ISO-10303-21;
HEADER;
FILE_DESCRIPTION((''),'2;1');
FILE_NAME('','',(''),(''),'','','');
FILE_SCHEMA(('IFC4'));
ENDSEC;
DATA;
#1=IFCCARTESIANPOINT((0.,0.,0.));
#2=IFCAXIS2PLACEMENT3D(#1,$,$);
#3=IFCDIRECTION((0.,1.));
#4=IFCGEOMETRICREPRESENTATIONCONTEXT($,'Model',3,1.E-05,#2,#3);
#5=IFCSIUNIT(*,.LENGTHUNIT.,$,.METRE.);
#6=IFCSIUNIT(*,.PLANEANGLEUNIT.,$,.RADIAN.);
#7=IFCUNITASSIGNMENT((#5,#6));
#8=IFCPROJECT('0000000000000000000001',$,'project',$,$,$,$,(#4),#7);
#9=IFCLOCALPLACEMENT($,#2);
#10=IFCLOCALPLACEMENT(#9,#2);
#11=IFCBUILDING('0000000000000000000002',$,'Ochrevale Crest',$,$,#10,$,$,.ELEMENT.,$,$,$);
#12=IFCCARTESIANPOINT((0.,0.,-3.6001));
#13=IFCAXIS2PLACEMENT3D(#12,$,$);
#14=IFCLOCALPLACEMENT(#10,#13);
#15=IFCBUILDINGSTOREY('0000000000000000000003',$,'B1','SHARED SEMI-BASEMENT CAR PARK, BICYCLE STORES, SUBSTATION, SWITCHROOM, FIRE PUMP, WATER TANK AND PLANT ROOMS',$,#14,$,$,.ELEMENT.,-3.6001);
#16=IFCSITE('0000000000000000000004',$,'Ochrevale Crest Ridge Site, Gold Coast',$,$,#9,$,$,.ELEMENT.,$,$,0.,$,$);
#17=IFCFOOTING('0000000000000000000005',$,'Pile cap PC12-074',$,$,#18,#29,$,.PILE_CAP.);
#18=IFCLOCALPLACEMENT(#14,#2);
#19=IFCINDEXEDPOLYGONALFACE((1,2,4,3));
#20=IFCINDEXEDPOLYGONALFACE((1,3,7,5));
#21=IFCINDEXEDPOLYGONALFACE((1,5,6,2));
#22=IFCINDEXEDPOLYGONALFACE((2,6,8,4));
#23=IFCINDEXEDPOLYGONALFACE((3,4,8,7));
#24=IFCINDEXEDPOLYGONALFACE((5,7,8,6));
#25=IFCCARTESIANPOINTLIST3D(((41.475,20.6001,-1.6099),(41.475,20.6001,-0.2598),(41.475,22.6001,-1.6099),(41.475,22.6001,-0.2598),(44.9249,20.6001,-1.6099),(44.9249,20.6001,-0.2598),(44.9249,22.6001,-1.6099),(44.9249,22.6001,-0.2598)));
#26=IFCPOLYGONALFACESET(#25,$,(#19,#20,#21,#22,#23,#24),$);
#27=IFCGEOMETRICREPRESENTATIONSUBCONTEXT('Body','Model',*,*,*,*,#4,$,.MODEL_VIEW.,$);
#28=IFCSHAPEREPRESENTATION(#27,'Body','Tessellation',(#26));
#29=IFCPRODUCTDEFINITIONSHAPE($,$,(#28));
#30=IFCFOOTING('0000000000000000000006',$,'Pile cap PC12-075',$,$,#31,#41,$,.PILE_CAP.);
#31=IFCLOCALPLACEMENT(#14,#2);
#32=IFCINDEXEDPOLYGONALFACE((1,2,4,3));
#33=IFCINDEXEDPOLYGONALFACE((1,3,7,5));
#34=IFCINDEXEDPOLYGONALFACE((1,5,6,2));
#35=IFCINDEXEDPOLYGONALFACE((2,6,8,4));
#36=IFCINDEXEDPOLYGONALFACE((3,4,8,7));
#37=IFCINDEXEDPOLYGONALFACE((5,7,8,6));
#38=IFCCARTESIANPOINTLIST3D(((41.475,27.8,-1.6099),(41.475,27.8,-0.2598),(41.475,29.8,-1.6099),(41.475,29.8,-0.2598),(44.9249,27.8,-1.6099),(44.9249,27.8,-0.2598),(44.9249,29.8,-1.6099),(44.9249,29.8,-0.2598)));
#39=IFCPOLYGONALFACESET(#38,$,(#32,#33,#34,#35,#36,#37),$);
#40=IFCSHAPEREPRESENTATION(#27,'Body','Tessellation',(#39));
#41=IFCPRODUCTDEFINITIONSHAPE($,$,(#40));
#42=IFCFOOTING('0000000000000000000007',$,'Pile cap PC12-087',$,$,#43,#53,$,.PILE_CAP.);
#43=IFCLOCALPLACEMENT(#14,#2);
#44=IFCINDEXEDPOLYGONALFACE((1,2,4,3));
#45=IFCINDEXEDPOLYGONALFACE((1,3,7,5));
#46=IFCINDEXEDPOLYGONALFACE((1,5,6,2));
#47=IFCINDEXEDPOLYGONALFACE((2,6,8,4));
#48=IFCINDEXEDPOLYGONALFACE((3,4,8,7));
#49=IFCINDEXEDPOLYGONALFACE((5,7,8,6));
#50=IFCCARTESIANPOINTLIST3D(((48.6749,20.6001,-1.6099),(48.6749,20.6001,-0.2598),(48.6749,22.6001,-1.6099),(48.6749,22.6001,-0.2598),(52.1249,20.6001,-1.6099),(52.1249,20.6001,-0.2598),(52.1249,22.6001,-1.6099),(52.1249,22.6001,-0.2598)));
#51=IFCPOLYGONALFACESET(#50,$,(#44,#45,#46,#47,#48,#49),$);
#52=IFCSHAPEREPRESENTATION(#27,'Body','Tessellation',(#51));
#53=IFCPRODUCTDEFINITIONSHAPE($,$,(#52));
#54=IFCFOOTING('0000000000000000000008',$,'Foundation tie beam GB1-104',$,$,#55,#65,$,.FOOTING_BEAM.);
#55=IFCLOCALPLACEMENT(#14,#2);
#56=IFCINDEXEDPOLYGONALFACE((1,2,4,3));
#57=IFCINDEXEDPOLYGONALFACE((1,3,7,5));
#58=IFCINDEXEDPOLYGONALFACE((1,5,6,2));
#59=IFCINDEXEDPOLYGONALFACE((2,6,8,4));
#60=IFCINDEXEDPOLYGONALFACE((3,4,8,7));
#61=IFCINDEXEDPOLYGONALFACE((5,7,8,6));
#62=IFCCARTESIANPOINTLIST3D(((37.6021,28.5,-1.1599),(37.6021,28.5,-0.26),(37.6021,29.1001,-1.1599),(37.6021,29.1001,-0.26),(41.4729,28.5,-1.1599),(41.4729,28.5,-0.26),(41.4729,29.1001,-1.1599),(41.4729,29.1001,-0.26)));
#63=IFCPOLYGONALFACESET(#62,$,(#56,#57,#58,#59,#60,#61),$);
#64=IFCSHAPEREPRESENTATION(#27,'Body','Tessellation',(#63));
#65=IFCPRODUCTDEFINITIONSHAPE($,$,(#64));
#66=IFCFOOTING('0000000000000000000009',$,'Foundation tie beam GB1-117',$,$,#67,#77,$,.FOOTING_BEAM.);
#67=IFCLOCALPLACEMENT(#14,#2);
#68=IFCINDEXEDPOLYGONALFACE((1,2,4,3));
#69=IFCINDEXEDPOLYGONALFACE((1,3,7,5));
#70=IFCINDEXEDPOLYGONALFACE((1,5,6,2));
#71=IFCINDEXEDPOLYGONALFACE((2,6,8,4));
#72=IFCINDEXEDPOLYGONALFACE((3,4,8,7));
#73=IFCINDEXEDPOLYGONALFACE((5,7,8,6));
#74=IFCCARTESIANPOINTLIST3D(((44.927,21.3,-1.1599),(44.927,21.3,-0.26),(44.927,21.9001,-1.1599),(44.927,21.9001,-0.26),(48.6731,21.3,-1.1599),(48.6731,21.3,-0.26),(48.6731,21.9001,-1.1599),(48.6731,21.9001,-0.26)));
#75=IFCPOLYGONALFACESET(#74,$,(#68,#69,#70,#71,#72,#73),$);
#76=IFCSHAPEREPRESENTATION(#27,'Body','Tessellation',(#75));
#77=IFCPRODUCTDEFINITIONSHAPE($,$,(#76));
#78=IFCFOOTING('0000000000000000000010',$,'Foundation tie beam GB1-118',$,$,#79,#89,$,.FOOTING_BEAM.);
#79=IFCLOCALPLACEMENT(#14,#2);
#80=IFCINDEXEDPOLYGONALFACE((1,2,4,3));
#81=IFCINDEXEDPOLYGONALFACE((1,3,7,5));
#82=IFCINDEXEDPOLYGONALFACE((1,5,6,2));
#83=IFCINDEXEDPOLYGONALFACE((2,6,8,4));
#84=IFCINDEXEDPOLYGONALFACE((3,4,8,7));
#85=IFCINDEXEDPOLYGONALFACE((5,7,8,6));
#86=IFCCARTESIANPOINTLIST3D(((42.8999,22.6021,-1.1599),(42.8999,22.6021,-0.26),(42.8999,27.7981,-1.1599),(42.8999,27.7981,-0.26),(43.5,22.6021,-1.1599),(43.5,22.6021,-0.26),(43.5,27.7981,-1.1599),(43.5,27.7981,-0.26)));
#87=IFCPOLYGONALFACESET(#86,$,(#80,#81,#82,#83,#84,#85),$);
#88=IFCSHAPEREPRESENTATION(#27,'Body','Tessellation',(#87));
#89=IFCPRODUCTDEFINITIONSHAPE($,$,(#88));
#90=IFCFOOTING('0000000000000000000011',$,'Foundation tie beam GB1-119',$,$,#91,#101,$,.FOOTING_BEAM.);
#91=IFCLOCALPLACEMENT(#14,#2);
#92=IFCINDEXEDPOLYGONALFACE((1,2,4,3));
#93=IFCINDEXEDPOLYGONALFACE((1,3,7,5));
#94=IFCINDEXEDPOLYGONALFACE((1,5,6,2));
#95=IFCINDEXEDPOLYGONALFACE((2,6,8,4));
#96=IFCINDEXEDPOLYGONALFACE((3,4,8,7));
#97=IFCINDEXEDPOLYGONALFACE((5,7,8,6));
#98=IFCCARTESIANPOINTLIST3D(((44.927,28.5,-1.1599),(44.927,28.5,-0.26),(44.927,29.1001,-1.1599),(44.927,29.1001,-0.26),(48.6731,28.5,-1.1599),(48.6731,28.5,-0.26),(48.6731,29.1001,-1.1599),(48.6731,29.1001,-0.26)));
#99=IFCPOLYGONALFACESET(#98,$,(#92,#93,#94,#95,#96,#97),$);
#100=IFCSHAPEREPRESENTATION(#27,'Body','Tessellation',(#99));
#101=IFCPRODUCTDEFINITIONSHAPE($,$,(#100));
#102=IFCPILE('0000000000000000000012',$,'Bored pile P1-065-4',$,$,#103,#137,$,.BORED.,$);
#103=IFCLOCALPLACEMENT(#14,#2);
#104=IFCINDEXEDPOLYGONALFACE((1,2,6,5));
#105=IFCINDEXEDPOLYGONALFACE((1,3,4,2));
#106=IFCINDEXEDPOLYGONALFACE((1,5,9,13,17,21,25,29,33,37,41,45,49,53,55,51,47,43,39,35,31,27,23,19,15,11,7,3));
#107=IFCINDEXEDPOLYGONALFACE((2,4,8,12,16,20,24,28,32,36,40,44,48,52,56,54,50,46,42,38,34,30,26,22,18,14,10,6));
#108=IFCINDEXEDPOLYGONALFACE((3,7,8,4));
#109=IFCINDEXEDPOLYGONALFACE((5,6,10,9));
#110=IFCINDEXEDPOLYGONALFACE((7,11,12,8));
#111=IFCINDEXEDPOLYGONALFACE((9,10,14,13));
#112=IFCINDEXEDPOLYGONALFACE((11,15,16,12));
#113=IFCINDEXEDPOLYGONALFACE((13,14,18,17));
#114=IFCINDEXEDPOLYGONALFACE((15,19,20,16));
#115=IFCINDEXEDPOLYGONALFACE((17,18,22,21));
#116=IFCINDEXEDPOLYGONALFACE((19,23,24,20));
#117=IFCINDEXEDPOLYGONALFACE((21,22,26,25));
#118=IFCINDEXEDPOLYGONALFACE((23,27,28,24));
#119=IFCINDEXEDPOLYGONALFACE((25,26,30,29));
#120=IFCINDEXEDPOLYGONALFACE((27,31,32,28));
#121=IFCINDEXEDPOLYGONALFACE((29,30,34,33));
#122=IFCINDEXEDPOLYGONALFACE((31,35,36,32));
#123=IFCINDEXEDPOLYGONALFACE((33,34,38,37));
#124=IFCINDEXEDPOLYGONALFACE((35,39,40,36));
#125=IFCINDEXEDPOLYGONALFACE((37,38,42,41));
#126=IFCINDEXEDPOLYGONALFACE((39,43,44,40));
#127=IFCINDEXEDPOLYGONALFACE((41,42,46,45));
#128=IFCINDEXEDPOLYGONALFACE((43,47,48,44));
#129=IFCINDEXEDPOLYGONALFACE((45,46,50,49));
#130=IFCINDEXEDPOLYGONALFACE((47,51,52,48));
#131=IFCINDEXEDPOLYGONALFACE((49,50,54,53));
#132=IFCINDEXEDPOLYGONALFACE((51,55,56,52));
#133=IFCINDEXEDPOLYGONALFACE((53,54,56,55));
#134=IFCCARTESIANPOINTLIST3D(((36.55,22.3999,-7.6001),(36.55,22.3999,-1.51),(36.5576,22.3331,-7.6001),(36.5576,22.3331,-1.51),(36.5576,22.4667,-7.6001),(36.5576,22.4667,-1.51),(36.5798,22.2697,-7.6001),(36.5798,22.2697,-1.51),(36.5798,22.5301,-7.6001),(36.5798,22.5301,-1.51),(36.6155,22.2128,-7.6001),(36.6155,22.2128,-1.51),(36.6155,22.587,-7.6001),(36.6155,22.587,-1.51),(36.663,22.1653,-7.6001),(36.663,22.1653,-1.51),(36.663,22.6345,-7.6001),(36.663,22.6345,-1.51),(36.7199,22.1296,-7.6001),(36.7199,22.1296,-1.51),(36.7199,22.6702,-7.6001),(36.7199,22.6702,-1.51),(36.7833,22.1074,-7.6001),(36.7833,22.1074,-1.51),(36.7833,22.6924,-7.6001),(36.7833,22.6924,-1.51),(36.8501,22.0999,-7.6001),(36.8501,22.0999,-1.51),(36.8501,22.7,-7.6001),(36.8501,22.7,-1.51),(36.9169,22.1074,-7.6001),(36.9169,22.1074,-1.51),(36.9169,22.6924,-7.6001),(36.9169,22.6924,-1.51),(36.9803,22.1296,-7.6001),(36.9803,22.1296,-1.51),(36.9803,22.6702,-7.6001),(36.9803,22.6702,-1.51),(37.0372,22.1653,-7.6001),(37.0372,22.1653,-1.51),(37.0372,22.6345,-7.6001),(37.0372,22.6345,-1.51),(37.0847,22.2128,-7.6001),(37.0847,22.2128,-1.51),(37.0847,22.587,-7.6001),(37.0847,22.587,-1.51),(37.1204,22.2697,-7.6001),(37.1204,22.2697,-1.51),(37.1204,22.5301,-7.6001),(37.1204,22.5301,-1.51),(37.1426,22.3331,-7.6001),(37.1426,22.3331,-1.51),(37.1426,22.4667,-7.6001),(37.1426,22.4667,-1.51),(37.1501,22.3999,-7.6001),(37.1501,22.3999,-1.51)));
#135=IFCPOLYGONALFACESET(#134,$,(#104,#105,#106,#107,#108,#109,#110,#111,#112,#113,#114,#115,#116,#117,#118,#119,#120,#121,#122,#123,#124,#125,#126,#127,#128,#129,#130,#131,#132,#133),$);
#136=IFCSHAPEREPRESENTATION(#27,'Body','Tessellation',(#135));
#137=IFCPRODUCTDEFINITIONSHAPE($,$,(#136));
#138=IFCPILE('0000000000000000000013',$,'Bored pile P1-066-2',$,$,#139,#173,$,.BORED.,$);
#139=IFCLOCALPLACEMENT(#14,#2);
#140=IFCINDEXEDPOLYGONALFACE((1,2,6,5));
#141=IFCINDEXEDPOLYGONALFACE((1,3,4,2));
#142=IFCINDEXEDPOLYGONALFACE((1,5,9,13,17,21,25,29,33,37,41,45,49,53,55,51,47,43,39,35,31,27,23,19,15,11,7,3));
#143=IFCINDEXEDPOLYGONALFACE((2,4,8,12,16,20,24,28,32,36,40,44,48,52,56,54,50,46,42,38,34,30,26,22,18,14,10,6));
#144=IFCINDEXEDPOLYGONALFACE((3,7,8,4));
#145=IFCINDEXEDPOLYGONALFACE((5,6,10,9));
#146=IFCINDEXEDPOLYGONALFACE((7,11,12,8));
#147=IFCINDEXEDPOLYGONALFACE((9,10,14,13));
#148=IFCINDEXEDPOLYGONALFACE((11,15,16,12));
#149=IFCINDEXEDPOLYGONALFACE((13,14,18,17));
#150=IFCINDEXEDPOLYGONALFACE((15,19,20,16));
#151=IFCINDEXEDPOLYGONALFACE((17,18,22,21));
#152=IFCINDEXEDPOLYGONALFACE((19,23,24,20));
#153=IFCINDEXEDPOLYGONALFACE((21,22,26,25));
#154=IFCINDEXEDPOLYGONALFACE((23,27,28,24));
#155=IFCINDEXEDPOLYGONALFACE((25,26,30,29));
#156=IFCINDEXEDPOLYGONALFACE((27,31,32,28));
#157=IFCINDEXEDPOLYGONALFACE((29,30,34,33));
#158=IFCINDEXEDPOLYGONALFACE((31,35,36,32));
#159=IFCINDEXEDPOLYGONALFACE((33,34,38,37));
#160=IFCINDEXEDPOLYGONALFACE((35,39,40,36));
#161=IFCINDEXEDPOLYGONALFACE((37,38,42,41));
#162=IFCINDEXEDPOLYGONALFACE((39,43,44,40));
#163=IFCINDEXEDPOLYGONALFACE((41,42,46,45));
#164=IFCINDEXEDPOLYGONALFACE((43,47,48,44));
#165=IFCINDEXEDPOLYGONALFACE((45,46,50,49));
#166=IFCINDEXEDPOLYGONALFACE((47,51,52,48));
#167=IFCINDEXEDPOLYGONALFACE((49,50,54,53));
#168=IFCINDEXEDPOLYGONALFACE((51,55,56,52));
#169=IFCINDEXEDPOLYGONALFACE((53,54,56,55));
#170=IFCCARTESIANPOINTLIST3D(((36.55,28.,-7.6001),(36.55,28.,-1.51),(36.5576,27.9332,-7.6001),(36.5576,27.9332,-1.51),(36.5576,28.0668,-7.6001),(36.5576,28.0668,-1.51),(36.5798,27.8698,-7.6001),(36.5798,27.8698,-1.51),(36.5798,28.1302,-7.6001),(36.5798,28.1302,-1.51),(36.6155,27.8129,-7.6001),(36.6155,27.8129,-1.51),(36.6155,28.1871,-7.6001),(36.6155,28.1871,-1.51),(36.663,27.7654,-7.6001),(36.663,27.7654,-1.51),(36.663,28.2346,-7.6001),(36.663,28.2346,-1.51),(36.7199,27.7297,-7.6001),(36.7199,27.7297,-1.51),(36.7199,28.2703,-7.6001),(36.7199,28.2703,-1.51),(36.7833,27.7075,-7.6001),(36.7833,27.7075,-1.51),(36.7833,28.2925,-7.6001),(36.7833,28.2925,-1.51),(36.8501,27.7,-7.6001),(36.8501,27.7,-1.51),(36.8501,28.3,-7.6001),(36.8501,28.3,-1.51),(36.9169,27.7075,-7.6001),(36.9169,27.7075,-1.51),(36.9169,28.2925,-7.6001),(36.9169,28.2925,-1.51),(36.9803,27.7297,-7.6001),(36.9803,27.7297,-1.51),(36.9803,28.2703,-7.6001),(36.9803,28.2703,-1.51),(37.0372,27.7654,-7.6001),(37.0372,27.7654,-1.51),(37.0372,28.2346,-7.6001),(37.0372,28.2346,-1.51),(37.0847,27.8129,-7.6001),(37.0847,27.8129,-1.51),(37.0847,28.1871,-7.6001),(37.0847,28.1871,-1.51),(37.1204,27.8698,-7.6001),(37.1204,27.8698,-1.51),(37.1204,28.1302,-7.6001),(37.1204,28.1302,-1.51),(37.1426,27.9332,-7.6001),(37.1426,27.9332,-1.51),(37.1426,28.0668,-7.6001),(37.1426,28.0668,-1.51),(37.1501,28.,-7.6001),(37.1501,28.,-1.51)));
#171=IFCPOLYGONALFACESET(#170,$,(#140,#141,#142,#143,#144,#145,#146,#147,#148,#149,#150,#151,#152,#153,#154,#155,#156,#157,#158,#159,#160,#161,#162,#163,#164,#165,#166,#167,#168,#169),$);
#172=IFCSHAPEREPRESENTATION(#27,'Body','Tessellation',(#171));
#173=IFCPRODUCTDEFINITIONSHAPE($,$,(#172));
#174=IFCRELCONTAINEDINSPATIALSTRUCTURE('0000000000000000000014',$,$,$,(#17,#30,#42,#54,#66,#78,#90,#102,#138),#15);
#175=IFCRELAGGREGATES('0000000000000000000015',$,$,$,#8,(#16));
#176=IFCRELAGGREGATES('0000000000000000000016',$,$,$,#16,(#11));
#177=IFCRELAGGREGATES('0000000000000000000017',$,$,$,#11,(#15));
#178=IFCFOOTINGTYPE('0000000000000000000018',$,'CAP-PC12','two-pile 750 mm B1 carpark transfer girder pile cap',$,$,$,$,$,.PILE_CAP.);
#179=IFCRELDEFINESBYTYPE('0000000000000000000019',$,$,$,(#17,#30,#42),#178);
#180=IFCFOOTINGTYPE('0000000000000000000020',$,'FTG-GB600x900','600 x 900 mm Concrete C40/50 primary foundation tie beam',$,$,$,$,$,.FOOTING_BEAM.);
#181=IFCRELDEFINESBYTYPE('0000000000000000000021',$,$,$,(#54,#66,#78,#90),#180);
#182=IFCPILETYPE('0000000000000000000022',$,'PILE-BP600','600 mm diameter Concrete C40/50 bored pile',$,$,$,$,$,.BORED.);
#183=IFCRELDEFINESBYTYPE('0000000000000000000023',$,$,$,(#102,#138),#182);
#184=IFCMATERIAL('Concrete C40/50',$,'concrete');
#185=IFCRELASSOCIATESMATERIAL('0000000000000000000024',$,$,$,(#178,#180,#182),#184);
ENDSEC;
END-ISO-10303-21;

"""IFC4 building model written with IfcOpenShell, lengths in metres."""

from ifc_helpers import new_model, si_unit, direction, frame, origin, origin_2d, place, context, subcontext, project, spatial, rectangle, circle, extrude, material, material_profile, profile_set, type_object, element, save


model = new_model("IFC4")

# Units and contexts
model_context = context("Model", 3, precision=1e-05, world=origin(), true_north=direction((0.0, 1.0)))
body_context = subcontext(model_context, "Body", "Model", "MODEL_VIEW")
ifc_project = project(units=[si_unit("LENGTHUNIT", "METRE"), si_unit("PLANEANGLEUNIT", "RADIAN")], contexts=[model_context])

# Site, building, storey
site_placement = place(None, origin())
site = spatial("IfcSite", under=ifc_project, at=site_placement, Name="Ochrevale Crest Ridge Site, Gold Coast", CompositionType="ELEMENT", RefElevation=0.0)
building_placement = place(site_placement, origin())
building = spatial("IfcBuilding", under=site, at=building_placement, Name="Ochrevale Crest", CompositionType="ELEMENT")
storey_placement = place(building_placement, frame((0.0, 0.0, -3.6001)))
storey = spatial("IfcBuildingStorey", under=building, at=storey_placement, Name="B1", Description="SHARED SEMI-BASEMENT CAR PARK, BICYCLE STORES, SUBSTATION, SWITCHROOM, FIRE PUMP, WATER TANK AND PLANT ROOMS", CompositionType="ELEMENT", Elevation=-3.6001)

# Footings
ifc_material_1 = material(Name="Concrete C40/50", Category="concrete")
footing_type_1 = type_object("IfcFootingType", Name="CAP-PC12", Description="two-pile 750 mm B1 carpark transfer girder pile cap", PredefinedType="PILE_CAP", material=ifc_material_1)
for number, where, z_axis, x_axis, name in (
    (1, (43.2, 21.6001, -1.6099), (0.0, 0.0, 1.0), (1.0, 0.0, 0.0), "Pile cap PC12-074"),
    (2, (43.2, 28.8, -1.6099), (0.0, 0.0, 1.0), (1.0, 0.0, 0.0), "Pile cap PC12-075"),
    (3, (50.3999, 21.6001, -1.6099), (0.0, 0.0, 1.0), (1.0, 0.0, 0.0), "Pile cap PC12-087"),
):
    element("IfcFooting", number, at=place(storey_placement, frame(where, z_axis=z_axis, x_axis=x_axis)), inside=storey, type_object=footing_type_1, Name=name, PredefinedType="PILE_CAP", context=body_context, shape_type="SweptSolid", body=[
        extrude(rectangle(XDim=3.45, YDim=2.0, at=origin_2d()), origin(), (0.0, 0.0, 1.0), 1.3501),
    ])
ifc_material_profile_1 = material_profile(ifc_material_1, rectangle(XDim=0.6001, YDim=0.8999, at=origin_2d()), Name="GB 600x900")
ifc_profile_set_1 = profile_set([ifc_material_profile_1], Name="Concrete C40/50")
footing_type_2 = type_object("IfcFootingType", Name="FTG-GB600x900", Description="600 x 900 mm Concrete C40/50 primary foundation tie beam", PredefinedType="FOOTING_BEAM", material=ifc_profile_set_1)
footing_1_placement = place(storey_placement, frame((37.6021, 28.8, -0.71), z_axis=(1.0, 0.0, 0.0), x_axis=(0.0, 1.0, 0.0)))
element("IfcFooting", 4, at=footing_1_placement, inside=storey, type_object=footing_type_2, Name="Foundation tie beam GB1-104", PredefinedType="FOOTING_BEAM", context=body_context, shape_type="SweptSolid", body=[
    extrude(rectangle(XDim=0.6001, YDim=0.8999, at=origin_2d()), origin(), (0.0, 0.0, 1.0), 3.8708),
])
footing_2_placement = place(storey_placement, frame((44.927, 21.6001, -0.71), z_axis=(1.0, 0.0, 0.0), x_axis=(0.0, 1.0, 0.0)))
element("IfcFooting", 5, at=footing_2_placement, inside=storey, type_object=footing_type_2, Name="Foundation tie beam GB1-117", PredefinedType="FOOTING_BEAM", context=body_context, shape_type="SweptSolid", body=[
    extrude(rectangle(XDim=0.6001, YDim=0.8999, at=origin_2d()), origin(), (0.0, 0.0, 1.0), 3.7461),
])
footing_3_placement = place(storey_placement, frame((43.2, 22.6021, -0.71), z_axis=(0.0, 1.0, 0.0), x_axis=(-1.0, 0.0, 0.0)))
element("IfcFooting", 6, at=footing_3_placement, inside=storey, type_object=footing_type_2, Name="Foundation tie beam GB1-118", PredefinedType="FOOTING_BEAM", context=body_context, shape_type="SweptSolid", body=[
    extrude(rectangle(XDim=0.6001, YDim=0.8999, at=origin_2d()), origin(), (0.0, 0.0, 1.0), 5.196),
])
footing_4_placement = place(storey_placement, frame((44.927, 28.8, -0.71), z_axis=(1.0, 0.0, 0.0), x_axis=(0.0, 1.0, 0.0)))
element("IfcFooting", 7, at=footing_4_placement, inside=storey, type_object=footing_type_2, Name="Foundation tie beam GB1-119", PredefinedType="FOOTING_BEAM", context=body_context, shape_type="SweptSolid", body=[
    extrude(rectangle(XDim=0.6001, YDim=0.8999, at=origin_2d()), origin(), (0.0, 0.0, 1.0), 3.7461),
])

# Piles
ifc_material_profile_2 = material_profile(ifc_material_1, circle(Radius=0.3, at=origin_2d()), Name="BORED PILE 600")
ifc_profile_set_2 = profile_set([ifc_material_profile_2], Name="Concrete C40/50")
pile_type_1 = type_object("IfcPileType", Name="PILE-BP600", Description="600 mm diameter Concrete C40/50 bored pile", PredefinedType="BORED", material=ifc_profile_set_2)
for number, where, z_axis, x_axis, name in (
    (8, (36.8501, 22.3999, -1.51), (0.0, 0.0, -1.0), (1.0, 0.0, 0.0), "Bored pile P1-065-4"),
    (9, (36.8501, 28.0, -1.51), (0.0, 0.0, -1.0), (1.0, 0.0, 0.0), "Bored pile P1-066-2"),
):
    element("IfcPile", number, at=place(storey_placement, frame(where, z_axis=z_axis, x_axis=x_axis)), inside=storey, type_object=pile_type_1, Name=name, PredefinedType="BORED", context=body_context, shape_type="SweptSolid", body=[
        extrude(circle(Radius=0.3, at=origin_2d()), origin(), (0.0, 0.0, 1.0), 6.0901),
    ])

save(model, "model.ifc")
